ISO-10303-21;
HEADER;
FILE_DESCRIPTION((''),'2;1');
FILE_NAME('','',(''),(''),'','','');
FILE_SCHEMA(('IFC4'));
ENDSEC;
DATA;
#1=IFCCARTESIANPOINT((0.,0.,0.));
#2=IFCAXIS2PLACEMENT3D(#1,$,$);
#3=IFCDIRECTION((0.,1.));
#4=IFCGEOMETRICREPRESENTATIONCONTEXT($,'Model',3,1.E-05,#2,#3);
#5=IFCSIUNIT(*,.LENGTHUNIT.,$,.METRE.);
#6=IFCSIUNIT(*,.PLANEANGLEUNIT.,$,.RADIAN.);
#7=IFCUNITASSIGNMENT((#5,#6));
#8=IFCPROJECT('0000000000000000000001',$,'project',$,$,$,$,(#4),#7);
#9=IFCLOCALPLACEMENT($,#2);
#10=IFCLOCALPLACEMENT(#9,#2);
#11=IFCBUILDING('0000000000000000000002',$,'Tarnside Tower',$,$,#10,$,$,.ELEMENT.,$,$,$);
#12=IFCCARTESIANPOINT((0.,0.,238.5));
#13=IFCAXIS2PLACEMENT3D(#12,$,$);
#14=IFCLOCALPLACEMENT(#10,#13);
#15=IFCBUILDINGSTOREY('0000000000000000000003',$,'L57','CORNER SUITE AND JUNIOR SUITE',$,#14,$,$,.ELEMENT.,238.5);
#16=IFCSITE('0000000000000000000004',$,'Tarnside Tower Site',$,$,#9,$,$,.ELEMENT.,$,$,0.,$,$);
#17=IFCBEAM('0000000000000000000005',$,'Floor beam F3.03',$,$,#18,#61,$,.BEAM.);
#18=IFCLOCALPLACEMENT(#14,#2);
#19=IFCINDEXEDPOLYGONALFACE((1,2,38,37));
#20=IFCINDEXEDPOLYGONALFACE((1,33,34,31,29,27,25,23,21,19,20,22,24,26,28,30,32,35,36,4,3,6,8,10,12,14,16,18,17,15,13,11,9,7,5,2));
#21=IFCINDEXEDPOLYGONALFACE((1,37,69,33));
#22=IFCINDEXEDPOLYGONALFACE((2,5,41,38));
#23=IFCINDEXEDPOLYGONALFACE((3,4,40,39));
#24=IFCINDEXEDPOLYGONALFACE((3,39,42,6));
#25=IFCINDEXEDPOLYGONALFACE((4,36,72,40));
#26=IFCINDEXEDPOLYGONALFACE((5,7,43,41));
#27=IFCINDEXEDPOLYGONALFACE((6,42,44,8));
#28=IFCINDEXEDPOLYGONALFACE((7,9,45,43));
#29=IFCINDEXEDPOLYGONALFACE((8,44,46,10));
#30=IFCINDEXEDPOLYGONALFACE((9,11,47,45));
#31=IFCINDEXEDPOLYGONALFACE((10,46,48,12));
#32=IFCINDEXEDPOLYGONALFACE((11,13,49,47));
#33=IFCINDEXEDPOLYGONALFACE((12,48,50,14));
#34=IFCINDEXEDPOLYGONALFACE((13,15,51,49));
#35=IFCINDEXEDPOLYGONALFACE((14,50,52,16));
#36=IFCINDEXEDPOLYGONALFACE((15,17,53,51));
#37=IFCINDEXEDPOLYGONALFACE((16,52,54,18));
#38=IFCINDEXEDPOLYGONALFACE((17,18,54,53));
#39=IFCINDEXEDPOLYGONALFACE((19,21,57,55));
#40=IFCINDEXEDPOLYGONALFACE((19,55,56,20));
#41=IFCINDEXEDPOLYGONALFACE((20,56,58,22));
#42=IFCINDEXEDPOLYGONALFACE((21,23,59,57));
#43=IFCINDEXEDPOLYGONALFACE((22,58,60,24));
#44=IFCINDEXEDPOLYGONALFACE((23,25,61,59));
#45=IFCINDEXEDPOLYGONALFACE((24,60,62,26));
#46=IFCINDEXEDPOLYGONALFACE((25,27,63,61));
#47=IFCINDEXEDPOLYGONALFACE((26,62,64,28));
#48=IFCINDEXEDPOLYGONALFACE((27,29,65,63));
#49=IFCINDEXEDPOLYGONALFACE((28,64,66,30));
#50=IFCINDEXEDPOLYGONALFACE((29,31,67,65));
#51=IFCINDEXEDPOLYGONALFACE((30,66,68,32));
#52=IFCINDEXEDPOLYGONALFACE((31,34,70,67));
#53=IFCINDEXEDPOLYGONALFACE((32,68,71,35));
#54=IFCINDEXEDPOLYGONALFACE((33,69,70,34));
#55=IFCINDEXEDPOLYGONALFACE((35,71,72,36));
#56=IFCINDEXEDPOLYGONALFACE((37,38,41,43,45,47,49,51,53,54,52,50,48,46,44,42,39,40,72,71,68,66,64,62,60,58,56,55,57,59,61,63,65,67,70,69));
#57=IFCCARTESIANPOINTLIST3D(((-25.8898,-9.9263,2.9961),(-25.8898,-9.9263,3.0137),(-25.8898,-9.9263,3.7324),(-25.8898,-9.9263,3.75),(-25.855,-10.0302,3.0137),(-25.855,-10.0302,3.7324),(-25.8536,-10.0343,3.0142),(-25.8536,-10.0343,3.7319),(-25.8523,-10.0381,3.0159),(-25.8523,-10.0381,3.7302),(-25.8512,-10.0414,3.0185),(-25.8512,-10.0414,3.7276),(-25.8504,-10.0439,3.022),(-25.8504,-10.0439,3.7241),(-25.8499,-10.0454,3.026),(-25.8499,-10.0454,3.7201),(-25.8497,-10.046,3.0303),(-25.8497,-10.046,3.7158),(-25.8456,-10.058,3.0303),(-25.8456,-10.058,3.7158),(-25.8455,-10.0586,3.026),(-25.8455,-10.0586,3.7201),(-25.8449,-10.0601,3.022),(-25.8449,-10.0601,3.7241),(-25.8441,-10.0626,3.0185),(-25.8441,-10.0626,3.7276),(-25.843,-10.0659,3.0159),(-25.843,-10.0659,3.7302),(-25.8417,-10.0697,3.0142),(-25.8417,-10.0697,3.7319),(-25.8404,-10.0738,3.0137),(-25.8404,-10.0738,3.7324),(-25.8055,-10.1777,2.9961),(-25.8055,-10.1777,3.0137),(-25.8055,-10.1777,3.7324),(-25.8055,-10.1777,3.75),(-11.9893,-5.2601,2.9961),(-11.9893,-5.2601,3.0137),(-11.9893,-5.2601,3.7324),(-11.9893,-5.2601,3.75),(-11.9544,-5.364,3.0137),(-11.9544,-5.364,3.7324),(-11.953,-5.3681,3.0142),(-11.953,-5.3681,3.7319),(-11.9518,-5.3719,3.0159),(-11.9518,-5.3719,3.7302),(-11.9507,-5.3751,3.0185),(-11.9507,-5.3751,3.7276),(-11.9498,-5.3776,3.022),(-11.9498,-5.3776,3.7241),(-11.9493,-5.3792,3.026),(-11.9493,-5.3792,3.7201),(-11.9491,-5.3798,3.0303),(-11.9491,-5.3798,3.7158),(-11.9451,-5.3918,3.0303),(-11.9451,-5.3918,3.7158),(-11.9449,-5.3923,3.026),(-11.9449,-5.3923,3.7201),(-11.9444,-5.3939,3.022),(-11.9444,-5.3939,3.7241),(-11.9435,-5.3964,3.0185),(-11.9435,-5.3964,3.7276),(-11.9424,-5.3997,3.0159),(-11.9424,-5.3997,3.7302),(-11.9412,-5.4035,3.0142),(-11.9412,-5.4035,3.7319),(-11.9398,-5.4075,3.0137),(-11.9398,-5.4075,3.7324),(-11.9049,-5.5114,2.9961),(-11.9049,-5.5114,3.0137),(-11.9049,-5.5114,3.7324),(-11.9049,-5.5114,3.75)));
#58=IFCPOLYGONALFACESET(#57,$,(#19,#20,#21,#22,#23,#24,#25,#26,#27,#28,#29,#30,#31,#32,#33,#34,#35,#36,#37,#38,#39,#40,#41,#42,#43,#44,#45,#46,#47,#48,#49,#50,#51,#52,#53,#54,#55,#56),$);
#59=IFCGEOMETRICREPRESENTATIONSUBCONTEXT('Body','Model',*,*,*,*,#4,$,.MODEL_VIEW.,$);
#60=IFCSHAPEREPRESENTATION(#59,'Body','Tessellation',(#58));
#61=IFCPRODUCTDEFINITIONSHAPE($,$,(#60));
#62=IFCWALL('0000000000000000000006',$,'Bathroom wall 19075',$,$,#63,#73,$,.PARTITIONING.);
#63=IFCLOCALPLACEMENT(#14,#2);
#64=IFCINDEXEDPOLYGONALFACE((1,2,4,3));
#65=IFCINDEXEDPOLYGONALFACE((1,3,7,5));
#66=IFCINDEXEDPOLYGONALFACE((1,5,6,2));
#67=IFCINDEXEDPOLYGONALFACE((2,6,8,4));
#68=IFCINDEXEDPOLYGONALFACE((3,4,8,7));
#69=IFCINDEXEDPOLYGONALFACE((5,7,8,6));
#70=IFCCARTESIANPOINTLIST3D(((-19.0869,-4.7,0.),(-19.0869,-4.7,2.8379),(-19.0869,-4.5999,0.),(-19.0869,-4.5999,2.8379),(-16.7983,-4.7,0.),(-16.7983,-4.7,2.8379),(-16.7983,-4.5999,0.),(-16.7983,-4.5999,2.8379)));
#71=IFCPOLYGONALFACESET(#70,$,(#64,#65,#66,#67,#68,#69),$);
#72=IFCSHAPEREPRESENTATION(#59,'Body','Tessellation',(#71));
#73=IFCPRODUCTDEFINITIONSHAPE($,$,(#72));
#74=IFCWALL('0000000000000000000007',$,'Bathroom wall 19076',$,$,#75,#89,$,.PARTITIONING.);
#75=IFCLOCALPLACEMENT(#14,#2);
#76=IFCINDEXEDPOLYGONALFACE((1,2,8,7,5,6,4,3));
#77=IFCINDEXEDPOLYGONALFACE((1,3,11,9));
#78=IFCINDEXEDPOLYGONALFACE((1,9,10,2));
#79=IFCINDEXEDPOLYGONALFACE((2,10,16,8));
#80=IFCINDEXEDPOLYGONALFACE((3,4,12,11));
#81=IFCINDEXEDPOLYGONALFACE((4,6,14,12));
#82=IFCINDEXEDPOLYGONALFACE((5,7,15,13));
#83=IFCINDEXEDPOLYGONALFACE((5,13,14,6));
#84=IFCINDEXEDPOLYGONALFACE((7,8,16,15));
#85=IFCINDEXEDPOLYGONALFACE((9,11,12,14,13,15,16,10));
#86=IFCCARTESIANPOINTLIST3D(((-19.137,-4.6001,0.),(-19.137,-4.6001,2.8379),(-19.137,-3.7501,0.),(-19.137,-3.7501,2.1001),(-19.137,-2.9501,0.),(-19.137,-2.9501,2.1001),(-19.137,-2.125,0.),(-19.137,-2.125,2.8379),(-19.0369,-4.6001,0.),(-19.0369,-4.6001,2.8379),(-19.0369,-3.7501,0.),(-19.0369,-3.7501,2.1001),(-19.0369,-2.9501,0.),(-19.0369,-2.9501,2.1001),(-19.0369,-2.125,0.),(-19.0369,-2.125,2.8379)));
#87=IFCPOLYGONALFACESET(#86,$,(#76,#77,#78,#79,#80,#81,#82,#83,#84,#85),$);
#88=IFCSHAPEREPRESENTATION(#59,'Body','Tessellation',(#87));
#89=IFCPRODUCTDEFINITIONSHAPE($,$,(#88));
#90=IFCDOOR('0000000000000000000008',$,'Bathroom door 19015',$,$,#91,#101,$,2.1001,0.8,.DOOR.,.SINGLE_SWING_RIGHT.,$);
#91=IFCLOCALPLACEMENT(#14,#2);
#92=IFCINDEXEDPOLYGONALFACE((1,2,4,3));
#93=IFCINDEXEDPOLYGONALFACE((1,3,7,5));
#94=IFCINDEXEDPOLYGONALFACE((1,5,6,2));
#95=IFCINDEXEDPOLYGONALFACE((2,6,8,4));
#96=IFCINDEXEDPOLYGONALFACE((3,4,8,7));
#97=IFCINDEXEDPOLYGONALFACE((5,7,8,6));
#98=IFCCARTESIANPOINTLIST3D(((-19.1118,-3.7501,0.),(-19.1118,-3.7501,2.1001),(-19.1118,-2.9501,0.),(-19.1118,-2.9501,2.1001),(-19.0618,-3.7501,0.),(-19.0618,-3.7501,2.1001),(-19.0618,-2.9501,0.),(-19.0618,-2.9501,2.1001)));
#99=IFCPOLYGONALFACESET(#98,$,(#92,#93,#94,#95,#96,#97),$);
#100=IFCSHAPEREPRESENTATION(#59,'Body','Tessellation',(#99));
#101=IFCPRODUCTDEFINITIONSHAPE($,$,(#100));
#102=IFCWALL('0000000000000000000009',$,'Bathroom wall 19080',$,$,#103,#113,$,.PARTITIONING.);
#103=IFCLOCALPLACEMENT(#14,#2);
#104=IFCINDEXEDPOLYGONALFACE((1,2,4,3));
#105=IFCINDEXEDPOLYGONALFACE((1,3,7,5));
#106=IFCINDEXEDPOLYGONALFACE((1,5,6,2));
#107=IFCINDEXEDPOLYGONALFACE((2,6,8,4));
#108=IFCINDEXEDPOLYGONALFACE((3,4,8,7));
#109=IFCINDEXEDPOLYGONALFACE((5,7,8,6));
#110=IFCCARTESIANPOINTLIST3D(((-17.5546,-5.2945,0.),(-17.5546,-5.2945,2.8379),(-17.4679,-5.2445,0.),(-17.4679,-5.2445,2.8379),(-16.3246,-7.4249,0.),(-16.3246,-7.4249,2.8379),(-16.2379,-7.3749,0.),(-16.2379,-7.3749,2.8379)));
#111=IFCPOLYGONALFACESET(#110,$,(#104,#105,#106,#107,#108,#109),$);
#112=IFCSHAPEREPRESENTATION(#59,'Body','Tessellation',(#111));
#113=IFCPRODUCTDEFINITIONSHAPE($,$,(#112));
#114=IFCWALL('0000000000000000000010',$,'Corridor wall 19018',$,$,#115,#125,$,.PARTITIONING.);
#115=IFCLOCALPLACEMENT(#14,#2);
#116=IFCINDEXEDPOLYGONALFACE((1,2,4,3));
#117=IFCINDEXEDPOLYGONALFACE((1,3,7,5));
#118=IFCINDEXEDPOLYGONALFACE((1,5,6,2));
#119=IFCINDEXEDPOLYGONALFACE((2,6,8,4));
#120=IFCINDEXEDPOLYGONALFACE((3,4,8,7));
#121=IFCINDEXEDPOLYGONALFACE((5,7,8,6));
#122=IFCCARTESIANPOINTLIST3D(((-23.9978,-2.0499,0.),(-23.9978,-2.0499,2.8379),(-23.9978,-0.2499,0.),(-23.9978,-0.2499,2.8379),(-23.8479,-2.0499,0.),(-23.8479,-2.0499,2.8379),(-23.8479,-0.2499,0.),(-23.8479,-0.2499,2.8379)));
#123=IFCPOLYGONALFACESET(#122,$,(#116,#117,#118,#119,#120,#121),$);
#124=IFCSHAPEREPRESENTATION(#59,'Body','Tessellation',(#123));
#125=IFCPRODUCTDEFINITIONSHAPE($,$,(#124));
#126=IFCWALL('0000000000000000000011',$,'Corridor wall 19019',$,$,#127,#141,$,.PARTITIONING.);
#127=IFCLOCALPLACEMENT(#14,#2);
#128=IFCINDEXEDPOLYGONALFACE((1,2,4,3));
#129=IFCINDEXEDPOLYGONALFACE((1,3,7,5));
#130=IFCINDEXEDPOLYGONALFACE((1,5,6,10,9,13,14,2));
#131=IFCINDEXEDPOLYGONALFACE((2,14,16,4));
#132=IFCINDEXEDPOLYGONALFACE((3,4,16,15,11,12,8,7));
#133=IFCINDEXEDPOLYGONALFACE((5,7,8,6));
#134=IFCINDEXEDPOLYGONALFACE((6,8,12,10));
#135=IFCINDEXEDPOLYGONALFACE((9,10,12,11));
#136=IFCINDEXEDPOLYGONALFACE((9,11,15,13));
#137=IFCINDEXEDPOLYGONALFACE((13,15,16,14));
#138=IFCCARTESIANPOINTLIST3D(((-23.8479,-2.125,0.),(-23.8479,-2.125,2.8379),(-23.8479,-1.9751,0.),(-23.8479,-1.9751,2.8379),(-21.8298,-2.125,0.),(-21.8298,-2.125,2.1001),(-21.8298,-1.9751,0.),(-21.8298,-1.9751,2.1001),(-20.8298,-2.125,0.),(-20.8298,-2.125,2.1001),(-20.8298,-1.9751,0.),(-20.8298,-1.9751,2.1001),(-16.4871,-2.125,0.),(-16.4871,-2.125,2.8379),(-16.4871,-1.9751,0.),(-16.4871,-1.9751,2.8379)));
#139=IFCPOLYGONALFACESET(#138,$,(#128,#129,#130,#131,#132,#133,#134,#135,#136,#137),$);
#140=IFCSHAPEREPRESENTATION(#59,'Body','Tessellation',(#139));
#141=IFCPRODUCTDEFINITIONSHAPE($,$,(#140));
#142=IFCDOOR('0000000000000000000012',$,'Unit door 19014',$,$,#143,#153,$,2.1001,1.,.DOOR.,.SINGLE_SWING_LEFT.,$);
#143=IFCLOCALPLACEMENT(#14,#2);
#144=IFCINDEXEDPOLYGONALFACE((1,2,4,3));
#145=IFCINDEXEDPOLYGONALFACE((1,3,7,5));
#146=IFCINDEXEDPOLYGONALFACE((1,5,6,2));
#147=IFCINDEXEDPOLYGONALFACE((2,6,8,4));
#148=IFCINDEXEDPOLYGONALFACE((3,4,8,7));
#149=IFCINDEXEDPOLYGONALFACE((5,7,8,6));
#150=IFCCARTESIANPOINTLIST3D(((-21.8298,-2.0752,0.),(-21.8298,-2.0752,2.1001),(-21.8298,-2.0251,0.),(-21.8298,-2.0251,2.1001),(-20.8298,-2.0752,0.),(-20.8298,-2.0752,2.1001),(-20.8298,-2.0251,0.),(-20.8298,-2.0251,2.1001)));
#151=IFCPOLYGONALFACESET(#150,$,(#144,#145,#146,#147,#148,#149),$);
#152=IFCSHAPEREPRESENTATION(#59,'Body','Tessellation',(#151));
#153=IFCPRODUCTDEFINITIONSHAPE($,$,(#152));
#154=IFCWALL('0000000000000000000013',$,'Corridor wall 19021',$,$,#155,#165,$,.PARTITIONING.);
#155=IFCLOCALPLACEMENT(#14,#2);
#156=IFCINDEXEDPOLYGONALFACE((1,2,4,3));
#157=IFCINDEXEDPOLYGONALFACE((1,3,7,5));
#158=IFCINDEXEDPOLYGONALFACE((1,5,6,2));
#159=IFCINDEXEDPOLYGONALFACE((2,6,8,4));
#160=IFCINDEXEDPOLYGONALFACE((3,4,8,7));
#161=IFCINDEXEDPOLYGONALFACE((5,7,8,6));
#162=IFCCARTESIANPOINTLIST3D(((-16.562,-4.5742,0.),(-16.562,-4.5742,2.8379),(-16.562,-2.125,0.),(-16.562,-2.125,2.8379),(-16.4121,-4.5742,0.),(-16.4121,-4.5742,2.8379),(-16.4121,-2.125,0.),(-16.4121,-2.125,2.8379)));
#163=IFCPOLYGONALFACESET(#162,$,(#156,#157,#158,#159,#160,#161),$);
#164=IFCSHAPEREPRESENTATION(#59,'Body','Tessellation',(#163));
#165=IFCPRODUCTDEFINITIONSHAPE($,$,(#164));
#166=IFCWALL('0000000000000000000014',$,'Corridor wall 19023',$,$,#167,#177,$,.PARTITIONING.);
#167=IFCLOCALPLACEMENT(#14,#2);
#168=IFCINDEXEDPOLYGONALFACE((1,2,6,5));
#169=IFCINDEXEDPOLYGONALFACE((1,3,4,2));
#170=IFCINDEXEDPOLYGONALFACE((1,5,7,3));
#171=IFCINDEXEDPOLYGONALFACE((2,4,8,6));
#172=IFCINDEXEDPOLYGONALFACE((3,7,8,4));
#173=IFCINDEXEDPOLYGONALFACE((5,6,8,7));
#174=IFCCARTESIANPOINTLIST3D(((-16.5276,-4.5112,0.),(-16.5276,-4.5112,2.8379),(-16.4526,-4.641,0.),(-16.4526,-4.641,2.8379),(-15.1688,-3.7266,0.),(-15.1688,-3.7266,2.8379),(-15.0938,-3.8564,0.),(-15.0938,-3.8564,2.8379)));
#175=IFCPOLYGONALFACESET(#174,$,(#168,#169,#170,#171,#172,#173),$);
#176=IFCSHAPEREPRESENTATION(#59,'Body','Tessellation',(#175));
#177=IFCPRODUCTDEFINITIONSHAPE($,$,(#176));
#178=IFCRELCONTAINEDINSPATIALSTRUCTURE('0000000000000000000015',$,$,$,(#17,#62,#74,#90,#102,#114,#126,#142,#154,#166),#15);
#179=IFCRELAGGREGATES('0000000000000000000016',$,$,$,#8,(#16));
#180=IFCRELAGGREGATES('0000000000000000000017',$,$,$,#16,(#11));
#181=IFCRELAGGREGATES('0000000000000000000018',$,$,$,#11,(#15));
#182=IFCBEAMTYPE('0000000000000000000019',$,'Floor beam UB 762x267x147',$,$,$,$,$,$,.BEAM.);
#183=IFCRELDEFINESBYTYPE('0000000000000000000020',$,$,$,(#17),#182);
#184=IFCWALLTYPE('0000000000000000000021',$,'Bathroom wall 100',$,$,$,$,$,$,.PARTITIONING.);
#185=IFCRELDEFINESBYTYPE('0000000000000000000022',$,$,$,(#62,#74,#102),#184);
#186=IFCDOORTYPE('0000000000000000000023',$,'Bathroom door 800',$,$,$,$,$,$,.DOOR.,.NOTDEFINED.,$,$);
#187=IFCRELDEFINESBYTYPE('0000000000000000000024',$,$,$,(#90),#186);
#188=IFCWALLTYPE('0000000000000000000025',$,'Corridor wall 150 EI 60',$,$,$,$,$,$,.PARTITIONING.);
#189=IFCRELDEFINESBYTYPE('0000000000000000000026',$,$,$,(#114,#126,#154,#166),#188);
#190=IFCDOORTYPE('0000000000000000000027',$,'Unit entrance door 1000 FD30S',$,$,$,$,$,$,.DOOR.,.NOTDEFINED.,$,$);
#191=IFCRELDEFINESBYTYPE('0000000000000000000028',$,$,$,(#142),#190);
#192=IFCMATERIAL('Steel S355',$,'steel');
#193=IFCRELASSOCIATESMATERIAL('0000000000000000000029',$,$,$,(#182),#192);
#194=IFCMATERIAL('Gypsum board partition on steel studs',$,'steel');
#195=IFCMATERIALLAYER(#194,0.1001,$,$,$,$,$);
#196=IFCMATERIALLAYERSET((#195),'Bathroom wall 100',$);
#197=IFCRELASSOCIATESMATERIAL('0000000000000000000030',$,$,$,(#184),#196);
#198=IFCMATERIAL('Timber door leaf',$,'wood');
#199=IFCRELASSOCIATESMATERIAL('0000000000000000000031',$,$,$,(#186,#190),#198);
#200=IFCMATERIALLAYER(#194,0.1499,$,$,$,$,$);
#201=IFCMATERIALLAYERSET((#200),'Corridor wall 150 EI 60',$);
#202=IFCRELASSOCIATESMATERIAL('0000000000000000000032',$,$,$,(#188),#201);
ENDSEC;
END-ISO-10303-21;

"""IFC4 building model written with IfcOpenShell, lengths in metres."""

from ifc_helpers import new_model, si_unit, direction, frame, frame_2d, origin, origin_2d, place, context, subcontext, project, spatial, rectangle, i_section, extrude, material, layer, layer_set, material_profile, profile_set, type_object, element, fill, save


model = new_model("IFC4")

# Units and contexts
model_context = context("Model", 3, precision=1e-05, world=origin(), true_north=direction((0.0, 1.0)))
body_context = subcontext(model_context, "Body", "Model", "MODEL_VIEW")
ifc_project = project(units=[si_unit("LENGTHUNIT", "METRE"), si_unit("PLANEANGLEUNIT", "RADIAN")], contexts=[model_context])

# Site, building, storey
site_placement = place(None, origin())
site = spatial("IfcSite", under=ifc_project, at=site_placement, Name="Tarnside Tower Site", CompositionType="ELEMENT", RefElevation=0.0)
building_placement = place(site_placement, origin())
building = spatial("IfcBuilding", under=site, at=building_placement, Name="Tarnside Tower", CompositionType="ELEMENT")
storey_placement = place(building_placement, frame((0.0, 0.0, 238.5)))
storey = spatial("IfcBuildingStorey", under=building, at=storey_placement, Name="L57", Description="CORNER SUITE AND JUNIOR SUITE", CompositionType="ELEMENT", Elevation=238.5)

# Beam
ifc_material_1 = material(Name="Steel S355", Category="steel")
ifc_material_profile = material_profile(ifc_material_1, i_section(OverallWidth=0.2651, OverallDepth=0.7539, WebThickness=0.0127, FlangeThickness=0.0176, FilletRadius=0.0166, at=origin_2d()), Name="UB 762x267x147")
ifc_profile_set = profile_set([ifc_material_profile], Name="Steel S355")
beam_type = type_object("IfcBeamType", Name="Floor beam UB 762x267x147", PredefinedType="BEAM", material=ifc_profile_set)
beam_placement = place(storey_placement, frame((-25.8477, -10.052, 3.373), z_axis=(0.948012, 0.318235, 0.0), x_axis=(-0.318235, 0.948012, 0.0)))
element("IfcBeam", 1, at=beam_placement, inside=storey, type_object=beam_type, Name="Floor beam F3.03", PredefinedType="BEAM", context=body_context, shape_type="SweptSolid", body=[
    extrude(i_section(OverallWidth=0.2651, OverallDepth=0.7539, WebThickness=0.0127, FlangeThickness=0.0176, FilletRadius=0.0166, at=origin_2d()), origin(), (0.0, 0.0, 1.0), 14.6628),
])

# Wall
ifc_material_2 = material(Name="Gypsum board partition on steel studs", Category="steel")
ifc_layer_1 = layer(ifc_material_2, 0.1001)
ifc_layer_set_1 = layer_set([ifc_layer_1], Name="Bathroom wall 100")
wall_type_1 = type_object("IfcWallType", Name="Bathroom wall 100", PredefinedType="PARTITIONING", material=ifc_layer_set_1)
wall_1_placement = place(storey_placement, frame((-16.7983, -4.6499, 0.0), z_axis=(0.0, 0.0, 1.0), x_axis=(-1.0, 0.0, 0.0)))
element("IfcWall", 2, at=wall_1_placement, inside=storey, type_object=wall_type_1, Name="Bathroom wall 19075", PredefinedType="PARTITIONING", context=body_context, shape_type="SweptSolid", body=[
    extrude(rectangle(XDim=2.2886, YDim=0.1001, at=frame_2d((1.1443, 0.0))), origin(), (0.0, 0.0, 1.0), 2.8379),
])

# Wall, opening, door
wall_2_placement = place(storey_placement, frame((-19.0869, -4.6001, 0.0), z_axis=(0.0, 0.0, 1.0), x_axis=(0.0, 1.0, 0.0)))
wall_2 = element("IfcWall", 3, at=wall_2_placement, inside=storey, type_object=wall_type_1, Name="Bathroom wall 19076", PredefinedType="PARTITIONING", context=body_context, shape_type="SweptSolid", body=[
    extrude(rectangle(XDim=2.4751, YDim=0.1001, at=frame_2d((1.2375, 0.0))), origin(), (0.0, 0.0, 1.0), 2.8379),
])
opening_1_placement = place(wall_2_placement, frame((0.8501, 0.0, 0.0)))
opening_1 = element("IfcOpeningElement", 4, at=opening_1_placement, cuts=wall_2, PredefinedType="OPENING", context=body_context, shape_type="SweptSolid", body=[
    extrude(rectangle(XDim=0.8, YDim=2.1001, at=frame_2d((0.3999, 1.05))), frame((0.0, 0.0601, 0.0), z_axis=(0.0, -1.0, 0.0), x_axis=(1.0, 0.0, 0.0)), (0.0, 0.0, 1.0), 0.1201),
])
ifc_material_3 = material(Name="Timber door leaf", Category="wood")
door_type_1 = type_object("IfcDoorType", Name="Bathroom door 800", OperationType="NOTDEFINED", PredefinedType="DOOR", material=ifc_material_3)
door_1_placement = place(opening_1_placement, origin())
door_1 = element("IfcDoor", 5, at=door_1_placement, inside=storey, type_object=door_type_1, Name="Bathroom door 19015", OperationType="SINGLE_SWING_RIGHT", OverallHeight=2.1001, OverallWidth=0.8, PredefinedType="DOOR", context=body_context, shape_type="SweptSolid", body=[
    extrude(rectangle(XDim=0.8, YDim=2.1001, at=frame_2d((0.3999, 1.05))), frame((0.0, 0.0249, 0.0), z_axis=(0.0, -1.0, 0.0), x_axis=(1.0, 0.0, 0.0)), (0.0, 0.0, 1.0), 0.05),
])
fill(opening_1, door_1)

# Walls
wall_3_placement = place(storey_placement, frame((-16.2812, -7.3999, 0.0), z_axis=(0.0, 0.0, 1.0), x_axis=(-0.500003, 0.866024, 0.0)))
element("IfcWall", 6, at=wall_3_placement, inside=storey, type_object=wall_type_1, Name="Bathroom wall 19080", PredefinedType="PARTITIONING", context=body_context, shape_type="SweptSolid", body=[
    extrude(rectangle(XDim=2.46, YDim=0.1001, at=frame_2d((1.23, 0.0))), origin(), (0.0, 0.0, 1.0), 2.8379),
])
ifc_layer_2 = layer(ifc_material_2, 0.1499)
ifc_layer_set_2 = layer_set([ifc_layer_2], Name="Corridor wall 150 EI 60")
wall_type_2 = type_object("IfcWallType", Name="Corridor wall 150 EI 60", PredefinedType="PARTITIONING", material=ifc_layer_set_2)
wall_4_placement = place(storey_placement, frame((-23.9229, -0.25, 0.0), z_axis=(0.0, 0.0, 1.0), x_axis=(0.0, -1.0, 0.0)))
element("IfcWall", 7, at=wall_4_placement, inside=storey, type_object=wall_type_2, Name="Corridor wall 19018", PredefinedType="PARTITIONING", context=body_context, shape_type="SweptSolid", body=[
    extrude(rectangle(XDim=1.8, YDim=0.1499, at=frame_2d((0.8999, 0.0))), origin(), (0.0, 0.0, 1.0), 2.8379),
])

# Wall, opening, door
wall_5_placement = place(storey_placement, frame((-23.8479, -2.05, 0.0), z_axis=(0.0, 0.0, 1.0), x_axis=(1.0, 0.0, 0.0)))
wall_5 = element("IfcWall", 8, at=wall_5_placement, inside=storey, type_object=wall_type_2, Name="Corridor wall 19019", PredefinedType="PARTITIONING", context=body_context, shape_type="SweptSolid", body=[
    extrude(rectangle(XDim=7.3608, YDim=0.1499, at=frame_2d((3.6804, 0.0))), origin(), (0.0, 0.0, 1.0), 2.8379),
])
opening_2_placement = place(wall_5_placement, frame((2.0181, 0.0, 0.0)))
opening_2 = element("IfcOpeningElement", 9, at=opening_2_placement, cuts=wall_5, PredefinedType="OPENING", context=body_context, shape_type="SweptSolid", body=[
    extrude(rectangle(XDim=1.0, YDim=2.1001, at=frame_2d((0.5, 1.05))), frame((0.0, 0.085, 0.0), z_axis=(0.0, -1.0, 0.0), x_axis=(1.0, 0.0, 0.0)), (0.0, 0.0, 1.0), 0.1699),
])
door_type_2 = type_object("IfcDoorType", Name="Unit entrance door 1000 FD30S", OperationType="NOTDEFINED", PredefinedType="DOOR", material=ifc_material_3)
door_2_placement = place(opening_2_placement, origin())
door_2 = element("IfcDoor", 10, at=door_2_placement, inside=storey, type_object=door_type_2, Name="Unit door 19014", OperationType="SINGLE_SWING_LEFT", OverallHeight=2.1001, OverallWidth=1.0, PredefinedType="DOOR", context=body_context, shape_type="SweptSolid", body=[
    extrude(rectangle(XDim=1.0, YDim=2.1001, at=frame_2d((0.5, 1.05))), frame((0.0, 0.0249, 0.0), z_axis=(0.0, -1.0, 0.0), x_axis=(1.0, 0.0, 0.0)), (0.0, 0.0, 1.0), 0.05),
])
fill(opening_2, door_2)

# Walls
wall_6_placement = place(storey_placement, frame((-16.4871, -2.125, 0.0), z_axis=(0.0, 0.0, 1.0), x_axis=(0.0, -1.0, 0.0)))
element("IfcWall", 11, at=wall_6_placement, inside=storey, type_object=wall_type_2, Name="Corridor wall 19021", PredefinedType="PARTITIONING", context=body_context, shape_type="SweptSolid", body=[
    extrude(rectangle(XDim=2.4492, YDim=0.1499, at=frame_2d((1.2246, 0.0))), origin(), (0.0, 0.0, 1.0), 2.8379),
])
wall_7_placement = place(storey_placement, frame((-16.4902, -4.5762, 0.0), z_axis=(0.0, 0.0, 1.0), x_axis=(0.865994, 0.500055, 0.0)))
element("IfcWall", 12, at=wall_7_placement, inside=storey, type_object=wall_type_2, Name="Corridor wall 19023", PredefinedType="PARTITIONING", context=body_context, shape_type="SweptSolid", body=[
    extrude(rectangle(XDim=1.5691, YDim=0.1499, at=frame_2d((0.7847, 0.0))), origin(), (0.0, 0.0, 1.0), 2.8379),
])

save(model, "model.ifc")
